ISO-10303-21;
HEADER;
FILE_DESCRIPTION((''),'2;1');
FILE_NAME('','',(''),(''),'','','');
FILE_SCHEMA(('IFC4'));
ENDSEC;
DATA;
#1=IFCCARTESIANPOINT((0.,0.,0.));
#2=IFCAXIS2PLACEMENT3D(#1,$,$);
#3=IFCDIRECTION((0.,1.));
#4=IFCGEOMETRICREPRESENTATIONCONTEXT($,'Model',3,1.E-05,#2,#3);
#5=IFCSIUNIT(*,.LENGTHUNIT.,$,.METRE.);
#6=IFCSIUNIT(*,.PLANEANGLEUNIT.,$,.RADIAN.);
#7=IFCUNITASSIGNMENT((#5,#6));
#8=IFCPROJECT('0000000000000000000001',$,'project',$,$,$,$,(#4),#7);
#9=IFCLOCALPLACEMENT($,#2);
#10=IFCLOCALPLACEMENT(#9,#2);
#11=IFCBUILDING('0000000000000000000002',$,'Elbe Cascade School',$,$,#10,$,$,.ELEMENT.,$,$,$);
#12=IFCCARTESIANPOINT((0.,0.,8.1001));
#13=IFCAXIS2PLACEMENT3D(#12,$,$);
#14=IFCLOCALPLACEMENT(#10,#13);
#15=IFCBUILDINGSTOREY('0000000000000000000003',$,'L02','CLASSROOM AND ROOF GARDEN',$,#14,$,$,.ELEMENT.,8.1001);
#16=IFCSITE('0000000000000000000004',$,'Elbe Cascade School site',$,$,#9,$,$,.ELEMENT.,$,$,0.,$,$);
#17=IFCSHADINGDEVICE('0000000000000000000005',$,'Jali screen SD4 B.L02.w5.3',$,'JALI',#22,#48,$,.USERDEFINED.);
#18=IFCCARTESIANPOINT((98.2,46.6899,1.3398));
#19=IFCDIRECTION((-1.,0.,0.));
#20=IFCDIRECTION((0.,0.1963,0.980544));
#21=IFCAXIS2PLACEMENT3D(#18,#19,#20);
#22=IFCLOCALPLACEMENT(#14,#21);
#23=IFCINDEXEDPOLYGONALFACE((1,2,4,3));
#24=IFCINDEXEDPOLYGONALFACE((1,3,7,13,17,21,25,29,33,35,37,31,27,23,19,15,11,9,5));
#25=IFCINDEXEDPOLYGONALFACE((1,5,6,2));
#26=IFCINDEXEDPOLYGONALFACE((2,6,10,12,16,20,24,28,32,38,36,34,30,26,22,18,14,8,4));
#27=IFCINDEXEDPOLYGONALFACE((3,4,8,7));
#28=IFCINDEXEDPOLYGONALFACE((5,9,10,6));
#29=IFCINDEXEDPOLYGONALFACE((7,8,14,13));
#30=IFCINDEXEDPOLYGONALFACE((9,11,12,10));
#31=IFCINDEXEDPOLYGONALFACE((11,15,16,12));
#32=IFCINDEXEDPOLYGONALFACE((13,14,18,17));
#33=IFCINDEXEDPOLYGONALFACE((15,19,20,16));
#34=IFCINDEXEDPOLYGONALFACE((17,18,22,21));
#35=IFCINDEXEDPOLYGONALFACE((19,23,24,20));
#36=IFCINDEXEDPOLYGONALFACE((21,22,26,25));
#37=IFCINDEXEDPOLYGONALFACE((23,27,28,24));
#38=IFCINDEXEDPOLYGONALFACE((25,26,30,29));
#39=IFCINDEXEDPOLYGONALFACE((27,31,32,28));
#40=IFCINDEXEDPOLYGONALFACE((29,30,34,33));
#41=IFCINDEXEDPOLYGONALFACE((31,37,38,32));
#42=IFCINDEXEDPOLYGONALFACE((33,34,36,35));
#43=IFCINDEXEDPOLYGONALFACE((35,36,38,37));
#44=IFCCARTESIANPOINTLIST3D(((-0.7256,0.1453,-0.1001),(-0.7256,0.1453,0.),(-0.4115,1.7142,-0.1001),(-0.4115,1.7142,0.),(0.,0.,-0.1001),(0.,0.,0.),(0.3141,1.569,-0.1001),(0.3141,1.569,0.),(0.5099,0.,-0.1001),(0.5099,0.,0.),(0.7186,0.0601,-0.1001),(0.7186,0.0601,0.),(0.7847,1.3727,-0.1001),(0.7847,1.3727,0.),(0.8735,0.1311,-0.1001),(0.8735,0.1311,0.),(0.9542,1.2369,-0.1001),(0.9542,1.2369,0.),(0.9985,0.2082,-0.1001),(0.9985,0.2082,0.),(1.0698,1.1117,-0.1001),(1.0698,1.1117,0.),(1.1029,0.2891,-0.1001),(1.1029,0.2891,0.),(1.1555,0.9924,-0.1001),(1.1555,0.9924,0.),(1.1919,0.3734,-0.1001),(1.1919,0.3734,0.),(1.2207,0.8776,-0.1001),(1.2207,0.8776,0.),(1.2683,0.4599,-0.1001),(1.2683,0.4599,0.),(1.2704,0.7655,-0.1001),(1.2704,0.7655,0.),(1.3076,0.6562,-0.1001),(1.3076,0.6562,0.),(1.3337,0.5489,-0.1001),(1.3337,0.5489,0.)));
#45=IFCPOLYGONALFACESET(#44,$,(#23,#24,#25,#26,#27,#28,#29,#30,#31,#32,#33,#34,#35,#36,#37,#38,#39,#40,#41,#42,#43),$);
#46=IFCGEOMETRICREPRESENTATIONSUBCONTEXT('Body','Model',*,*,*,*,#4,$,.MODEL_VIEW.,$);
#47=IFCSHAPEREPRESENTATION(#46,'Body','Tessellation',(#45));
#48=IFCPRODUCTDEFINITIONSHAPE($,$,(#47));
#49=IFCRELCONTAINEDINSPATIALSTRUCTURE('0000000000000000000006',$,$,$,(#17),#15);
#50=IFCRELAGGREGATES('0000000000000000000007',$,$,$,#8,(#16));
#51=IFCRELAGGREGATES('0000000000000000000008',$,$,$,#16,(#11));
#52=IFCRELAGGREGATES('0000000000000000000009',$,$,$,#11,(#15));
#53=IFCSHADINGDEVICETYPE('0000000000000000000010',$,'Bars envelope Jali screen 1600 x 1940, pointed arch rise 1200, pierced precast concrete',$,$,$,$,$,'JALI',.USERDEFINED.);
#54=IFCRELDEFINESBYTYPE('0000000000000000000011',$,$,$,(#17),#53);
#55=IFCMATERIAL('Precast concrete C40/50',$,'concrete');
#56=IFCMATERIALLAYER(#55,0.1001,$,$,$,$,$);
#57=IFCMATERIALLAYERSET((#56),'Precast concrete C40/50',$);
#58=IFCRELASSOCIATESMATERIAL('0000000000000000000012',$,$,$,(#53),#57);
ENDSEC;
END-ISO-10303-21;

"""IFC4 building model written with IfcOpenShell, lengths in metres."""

from ifc_helpers import new_model, si_unit, direction, frame, origin, place, context, subcontext, project, spatial, polyline, outline, extrude, material, layer, layer_set, type_object, element, save


model = new_model("IFC4")

# Units and contexts
model_context = context("Model", 3, precision=1e-05, world=origin(), true_north=direction((0.0, 1.0)))
body_context = subcontext(model_context, "Body", "Model", "MODEL_VIEW")
ifc_project = project(units=[si_unit("LENGTHUNIT", "METRE"), si_unit("PLANEANGLEUNIT", "RADIAN")], contexts=[model_context])

# Site, building, storey
site_placement = place(None, origin())
site = spatial("IfcSite", under=ifc_project, at=site_placement, Name="Elbe Cascade School site", CompositionType="ELEMENT", RefElevation=0.0)
building_placement = place(site_placement, origin())
building = spatial("IfcBuilding", under=site, at=building_placement, Name="Elbe Cascade School", CompositionType="ELEMENT")
storey_placement = place(building_placement, frame((0.0, 0.0, 8.1001)))
storey = spatial("IfcBuildingStorey", under=building, at=storey_placement, Name="L02", Description="CLASSROOM AND ROOF GARDEN", CompositionType="ELEMENT", Elevation=8.1001)

# Shading device
ifc_material_1 = material(Name="Precast concrete C40/50", Category="concrete")
ifc_layer_1 = layer(ifc_material_1, 0.1001)
ifc_layer_set_1 = layer_set([ifc_layer_1], Name="Precast concrete C40/50")
shading_device_type_1 = type_object("IfcShadingDeviceType", Name="Bars envelope Jali screen 1600 x 1940, pointed arch rise 1200, pierced precast concrete", ElementType="JALI", PredefinedType="USERDEFINED", material=ifc_layer_set_1)
for number, where, z_axis, x_axis, name in (
    (1, (98.2, 46.6899, 1.3398), (-1.0, 0.0, 0.0), (0.0, 0.1963, 0.980544), "Jali screen SD4 B.L02.w5.3"),
):
    element("IfcShadingDevice", number, at=place(storey_placement, frame(where, z_axis=z_axis, x_axis=x_axis)), inside=storey, type_object=shading_device_type_1, Name=name, ObjectType="JALI", PredefinedType="USERDEFINED", context=body_context, shape_type="SweptSolid", body=[
        extrude(outline(polyline([(0.0, 0.0), (0.5099, 0.0), (0.7186, 0.0601), (0.8735, 0.1311), (0.9985, 0.2082), (1.1029, 0.2891), (1.1919, 0.3734), (1.2683, 0.4599), (1.3337, 0.5489), (1.3076, 0.6562), (1.2704, 0.7655), (1.2207, 0.8776), (1.1555, 0.9924), (1.0698, 1.1117), (0.9542, 1.2369), (0.7847, 1.3727), (0.3141, 1.569), (-0.4115, 1.7142), (-0.7256, 0.1453), (0.0, 0.0)])), origin(), (0.0, 0.0, -1.0), 0.1001),
    ])

save(model, "model.ifc")
